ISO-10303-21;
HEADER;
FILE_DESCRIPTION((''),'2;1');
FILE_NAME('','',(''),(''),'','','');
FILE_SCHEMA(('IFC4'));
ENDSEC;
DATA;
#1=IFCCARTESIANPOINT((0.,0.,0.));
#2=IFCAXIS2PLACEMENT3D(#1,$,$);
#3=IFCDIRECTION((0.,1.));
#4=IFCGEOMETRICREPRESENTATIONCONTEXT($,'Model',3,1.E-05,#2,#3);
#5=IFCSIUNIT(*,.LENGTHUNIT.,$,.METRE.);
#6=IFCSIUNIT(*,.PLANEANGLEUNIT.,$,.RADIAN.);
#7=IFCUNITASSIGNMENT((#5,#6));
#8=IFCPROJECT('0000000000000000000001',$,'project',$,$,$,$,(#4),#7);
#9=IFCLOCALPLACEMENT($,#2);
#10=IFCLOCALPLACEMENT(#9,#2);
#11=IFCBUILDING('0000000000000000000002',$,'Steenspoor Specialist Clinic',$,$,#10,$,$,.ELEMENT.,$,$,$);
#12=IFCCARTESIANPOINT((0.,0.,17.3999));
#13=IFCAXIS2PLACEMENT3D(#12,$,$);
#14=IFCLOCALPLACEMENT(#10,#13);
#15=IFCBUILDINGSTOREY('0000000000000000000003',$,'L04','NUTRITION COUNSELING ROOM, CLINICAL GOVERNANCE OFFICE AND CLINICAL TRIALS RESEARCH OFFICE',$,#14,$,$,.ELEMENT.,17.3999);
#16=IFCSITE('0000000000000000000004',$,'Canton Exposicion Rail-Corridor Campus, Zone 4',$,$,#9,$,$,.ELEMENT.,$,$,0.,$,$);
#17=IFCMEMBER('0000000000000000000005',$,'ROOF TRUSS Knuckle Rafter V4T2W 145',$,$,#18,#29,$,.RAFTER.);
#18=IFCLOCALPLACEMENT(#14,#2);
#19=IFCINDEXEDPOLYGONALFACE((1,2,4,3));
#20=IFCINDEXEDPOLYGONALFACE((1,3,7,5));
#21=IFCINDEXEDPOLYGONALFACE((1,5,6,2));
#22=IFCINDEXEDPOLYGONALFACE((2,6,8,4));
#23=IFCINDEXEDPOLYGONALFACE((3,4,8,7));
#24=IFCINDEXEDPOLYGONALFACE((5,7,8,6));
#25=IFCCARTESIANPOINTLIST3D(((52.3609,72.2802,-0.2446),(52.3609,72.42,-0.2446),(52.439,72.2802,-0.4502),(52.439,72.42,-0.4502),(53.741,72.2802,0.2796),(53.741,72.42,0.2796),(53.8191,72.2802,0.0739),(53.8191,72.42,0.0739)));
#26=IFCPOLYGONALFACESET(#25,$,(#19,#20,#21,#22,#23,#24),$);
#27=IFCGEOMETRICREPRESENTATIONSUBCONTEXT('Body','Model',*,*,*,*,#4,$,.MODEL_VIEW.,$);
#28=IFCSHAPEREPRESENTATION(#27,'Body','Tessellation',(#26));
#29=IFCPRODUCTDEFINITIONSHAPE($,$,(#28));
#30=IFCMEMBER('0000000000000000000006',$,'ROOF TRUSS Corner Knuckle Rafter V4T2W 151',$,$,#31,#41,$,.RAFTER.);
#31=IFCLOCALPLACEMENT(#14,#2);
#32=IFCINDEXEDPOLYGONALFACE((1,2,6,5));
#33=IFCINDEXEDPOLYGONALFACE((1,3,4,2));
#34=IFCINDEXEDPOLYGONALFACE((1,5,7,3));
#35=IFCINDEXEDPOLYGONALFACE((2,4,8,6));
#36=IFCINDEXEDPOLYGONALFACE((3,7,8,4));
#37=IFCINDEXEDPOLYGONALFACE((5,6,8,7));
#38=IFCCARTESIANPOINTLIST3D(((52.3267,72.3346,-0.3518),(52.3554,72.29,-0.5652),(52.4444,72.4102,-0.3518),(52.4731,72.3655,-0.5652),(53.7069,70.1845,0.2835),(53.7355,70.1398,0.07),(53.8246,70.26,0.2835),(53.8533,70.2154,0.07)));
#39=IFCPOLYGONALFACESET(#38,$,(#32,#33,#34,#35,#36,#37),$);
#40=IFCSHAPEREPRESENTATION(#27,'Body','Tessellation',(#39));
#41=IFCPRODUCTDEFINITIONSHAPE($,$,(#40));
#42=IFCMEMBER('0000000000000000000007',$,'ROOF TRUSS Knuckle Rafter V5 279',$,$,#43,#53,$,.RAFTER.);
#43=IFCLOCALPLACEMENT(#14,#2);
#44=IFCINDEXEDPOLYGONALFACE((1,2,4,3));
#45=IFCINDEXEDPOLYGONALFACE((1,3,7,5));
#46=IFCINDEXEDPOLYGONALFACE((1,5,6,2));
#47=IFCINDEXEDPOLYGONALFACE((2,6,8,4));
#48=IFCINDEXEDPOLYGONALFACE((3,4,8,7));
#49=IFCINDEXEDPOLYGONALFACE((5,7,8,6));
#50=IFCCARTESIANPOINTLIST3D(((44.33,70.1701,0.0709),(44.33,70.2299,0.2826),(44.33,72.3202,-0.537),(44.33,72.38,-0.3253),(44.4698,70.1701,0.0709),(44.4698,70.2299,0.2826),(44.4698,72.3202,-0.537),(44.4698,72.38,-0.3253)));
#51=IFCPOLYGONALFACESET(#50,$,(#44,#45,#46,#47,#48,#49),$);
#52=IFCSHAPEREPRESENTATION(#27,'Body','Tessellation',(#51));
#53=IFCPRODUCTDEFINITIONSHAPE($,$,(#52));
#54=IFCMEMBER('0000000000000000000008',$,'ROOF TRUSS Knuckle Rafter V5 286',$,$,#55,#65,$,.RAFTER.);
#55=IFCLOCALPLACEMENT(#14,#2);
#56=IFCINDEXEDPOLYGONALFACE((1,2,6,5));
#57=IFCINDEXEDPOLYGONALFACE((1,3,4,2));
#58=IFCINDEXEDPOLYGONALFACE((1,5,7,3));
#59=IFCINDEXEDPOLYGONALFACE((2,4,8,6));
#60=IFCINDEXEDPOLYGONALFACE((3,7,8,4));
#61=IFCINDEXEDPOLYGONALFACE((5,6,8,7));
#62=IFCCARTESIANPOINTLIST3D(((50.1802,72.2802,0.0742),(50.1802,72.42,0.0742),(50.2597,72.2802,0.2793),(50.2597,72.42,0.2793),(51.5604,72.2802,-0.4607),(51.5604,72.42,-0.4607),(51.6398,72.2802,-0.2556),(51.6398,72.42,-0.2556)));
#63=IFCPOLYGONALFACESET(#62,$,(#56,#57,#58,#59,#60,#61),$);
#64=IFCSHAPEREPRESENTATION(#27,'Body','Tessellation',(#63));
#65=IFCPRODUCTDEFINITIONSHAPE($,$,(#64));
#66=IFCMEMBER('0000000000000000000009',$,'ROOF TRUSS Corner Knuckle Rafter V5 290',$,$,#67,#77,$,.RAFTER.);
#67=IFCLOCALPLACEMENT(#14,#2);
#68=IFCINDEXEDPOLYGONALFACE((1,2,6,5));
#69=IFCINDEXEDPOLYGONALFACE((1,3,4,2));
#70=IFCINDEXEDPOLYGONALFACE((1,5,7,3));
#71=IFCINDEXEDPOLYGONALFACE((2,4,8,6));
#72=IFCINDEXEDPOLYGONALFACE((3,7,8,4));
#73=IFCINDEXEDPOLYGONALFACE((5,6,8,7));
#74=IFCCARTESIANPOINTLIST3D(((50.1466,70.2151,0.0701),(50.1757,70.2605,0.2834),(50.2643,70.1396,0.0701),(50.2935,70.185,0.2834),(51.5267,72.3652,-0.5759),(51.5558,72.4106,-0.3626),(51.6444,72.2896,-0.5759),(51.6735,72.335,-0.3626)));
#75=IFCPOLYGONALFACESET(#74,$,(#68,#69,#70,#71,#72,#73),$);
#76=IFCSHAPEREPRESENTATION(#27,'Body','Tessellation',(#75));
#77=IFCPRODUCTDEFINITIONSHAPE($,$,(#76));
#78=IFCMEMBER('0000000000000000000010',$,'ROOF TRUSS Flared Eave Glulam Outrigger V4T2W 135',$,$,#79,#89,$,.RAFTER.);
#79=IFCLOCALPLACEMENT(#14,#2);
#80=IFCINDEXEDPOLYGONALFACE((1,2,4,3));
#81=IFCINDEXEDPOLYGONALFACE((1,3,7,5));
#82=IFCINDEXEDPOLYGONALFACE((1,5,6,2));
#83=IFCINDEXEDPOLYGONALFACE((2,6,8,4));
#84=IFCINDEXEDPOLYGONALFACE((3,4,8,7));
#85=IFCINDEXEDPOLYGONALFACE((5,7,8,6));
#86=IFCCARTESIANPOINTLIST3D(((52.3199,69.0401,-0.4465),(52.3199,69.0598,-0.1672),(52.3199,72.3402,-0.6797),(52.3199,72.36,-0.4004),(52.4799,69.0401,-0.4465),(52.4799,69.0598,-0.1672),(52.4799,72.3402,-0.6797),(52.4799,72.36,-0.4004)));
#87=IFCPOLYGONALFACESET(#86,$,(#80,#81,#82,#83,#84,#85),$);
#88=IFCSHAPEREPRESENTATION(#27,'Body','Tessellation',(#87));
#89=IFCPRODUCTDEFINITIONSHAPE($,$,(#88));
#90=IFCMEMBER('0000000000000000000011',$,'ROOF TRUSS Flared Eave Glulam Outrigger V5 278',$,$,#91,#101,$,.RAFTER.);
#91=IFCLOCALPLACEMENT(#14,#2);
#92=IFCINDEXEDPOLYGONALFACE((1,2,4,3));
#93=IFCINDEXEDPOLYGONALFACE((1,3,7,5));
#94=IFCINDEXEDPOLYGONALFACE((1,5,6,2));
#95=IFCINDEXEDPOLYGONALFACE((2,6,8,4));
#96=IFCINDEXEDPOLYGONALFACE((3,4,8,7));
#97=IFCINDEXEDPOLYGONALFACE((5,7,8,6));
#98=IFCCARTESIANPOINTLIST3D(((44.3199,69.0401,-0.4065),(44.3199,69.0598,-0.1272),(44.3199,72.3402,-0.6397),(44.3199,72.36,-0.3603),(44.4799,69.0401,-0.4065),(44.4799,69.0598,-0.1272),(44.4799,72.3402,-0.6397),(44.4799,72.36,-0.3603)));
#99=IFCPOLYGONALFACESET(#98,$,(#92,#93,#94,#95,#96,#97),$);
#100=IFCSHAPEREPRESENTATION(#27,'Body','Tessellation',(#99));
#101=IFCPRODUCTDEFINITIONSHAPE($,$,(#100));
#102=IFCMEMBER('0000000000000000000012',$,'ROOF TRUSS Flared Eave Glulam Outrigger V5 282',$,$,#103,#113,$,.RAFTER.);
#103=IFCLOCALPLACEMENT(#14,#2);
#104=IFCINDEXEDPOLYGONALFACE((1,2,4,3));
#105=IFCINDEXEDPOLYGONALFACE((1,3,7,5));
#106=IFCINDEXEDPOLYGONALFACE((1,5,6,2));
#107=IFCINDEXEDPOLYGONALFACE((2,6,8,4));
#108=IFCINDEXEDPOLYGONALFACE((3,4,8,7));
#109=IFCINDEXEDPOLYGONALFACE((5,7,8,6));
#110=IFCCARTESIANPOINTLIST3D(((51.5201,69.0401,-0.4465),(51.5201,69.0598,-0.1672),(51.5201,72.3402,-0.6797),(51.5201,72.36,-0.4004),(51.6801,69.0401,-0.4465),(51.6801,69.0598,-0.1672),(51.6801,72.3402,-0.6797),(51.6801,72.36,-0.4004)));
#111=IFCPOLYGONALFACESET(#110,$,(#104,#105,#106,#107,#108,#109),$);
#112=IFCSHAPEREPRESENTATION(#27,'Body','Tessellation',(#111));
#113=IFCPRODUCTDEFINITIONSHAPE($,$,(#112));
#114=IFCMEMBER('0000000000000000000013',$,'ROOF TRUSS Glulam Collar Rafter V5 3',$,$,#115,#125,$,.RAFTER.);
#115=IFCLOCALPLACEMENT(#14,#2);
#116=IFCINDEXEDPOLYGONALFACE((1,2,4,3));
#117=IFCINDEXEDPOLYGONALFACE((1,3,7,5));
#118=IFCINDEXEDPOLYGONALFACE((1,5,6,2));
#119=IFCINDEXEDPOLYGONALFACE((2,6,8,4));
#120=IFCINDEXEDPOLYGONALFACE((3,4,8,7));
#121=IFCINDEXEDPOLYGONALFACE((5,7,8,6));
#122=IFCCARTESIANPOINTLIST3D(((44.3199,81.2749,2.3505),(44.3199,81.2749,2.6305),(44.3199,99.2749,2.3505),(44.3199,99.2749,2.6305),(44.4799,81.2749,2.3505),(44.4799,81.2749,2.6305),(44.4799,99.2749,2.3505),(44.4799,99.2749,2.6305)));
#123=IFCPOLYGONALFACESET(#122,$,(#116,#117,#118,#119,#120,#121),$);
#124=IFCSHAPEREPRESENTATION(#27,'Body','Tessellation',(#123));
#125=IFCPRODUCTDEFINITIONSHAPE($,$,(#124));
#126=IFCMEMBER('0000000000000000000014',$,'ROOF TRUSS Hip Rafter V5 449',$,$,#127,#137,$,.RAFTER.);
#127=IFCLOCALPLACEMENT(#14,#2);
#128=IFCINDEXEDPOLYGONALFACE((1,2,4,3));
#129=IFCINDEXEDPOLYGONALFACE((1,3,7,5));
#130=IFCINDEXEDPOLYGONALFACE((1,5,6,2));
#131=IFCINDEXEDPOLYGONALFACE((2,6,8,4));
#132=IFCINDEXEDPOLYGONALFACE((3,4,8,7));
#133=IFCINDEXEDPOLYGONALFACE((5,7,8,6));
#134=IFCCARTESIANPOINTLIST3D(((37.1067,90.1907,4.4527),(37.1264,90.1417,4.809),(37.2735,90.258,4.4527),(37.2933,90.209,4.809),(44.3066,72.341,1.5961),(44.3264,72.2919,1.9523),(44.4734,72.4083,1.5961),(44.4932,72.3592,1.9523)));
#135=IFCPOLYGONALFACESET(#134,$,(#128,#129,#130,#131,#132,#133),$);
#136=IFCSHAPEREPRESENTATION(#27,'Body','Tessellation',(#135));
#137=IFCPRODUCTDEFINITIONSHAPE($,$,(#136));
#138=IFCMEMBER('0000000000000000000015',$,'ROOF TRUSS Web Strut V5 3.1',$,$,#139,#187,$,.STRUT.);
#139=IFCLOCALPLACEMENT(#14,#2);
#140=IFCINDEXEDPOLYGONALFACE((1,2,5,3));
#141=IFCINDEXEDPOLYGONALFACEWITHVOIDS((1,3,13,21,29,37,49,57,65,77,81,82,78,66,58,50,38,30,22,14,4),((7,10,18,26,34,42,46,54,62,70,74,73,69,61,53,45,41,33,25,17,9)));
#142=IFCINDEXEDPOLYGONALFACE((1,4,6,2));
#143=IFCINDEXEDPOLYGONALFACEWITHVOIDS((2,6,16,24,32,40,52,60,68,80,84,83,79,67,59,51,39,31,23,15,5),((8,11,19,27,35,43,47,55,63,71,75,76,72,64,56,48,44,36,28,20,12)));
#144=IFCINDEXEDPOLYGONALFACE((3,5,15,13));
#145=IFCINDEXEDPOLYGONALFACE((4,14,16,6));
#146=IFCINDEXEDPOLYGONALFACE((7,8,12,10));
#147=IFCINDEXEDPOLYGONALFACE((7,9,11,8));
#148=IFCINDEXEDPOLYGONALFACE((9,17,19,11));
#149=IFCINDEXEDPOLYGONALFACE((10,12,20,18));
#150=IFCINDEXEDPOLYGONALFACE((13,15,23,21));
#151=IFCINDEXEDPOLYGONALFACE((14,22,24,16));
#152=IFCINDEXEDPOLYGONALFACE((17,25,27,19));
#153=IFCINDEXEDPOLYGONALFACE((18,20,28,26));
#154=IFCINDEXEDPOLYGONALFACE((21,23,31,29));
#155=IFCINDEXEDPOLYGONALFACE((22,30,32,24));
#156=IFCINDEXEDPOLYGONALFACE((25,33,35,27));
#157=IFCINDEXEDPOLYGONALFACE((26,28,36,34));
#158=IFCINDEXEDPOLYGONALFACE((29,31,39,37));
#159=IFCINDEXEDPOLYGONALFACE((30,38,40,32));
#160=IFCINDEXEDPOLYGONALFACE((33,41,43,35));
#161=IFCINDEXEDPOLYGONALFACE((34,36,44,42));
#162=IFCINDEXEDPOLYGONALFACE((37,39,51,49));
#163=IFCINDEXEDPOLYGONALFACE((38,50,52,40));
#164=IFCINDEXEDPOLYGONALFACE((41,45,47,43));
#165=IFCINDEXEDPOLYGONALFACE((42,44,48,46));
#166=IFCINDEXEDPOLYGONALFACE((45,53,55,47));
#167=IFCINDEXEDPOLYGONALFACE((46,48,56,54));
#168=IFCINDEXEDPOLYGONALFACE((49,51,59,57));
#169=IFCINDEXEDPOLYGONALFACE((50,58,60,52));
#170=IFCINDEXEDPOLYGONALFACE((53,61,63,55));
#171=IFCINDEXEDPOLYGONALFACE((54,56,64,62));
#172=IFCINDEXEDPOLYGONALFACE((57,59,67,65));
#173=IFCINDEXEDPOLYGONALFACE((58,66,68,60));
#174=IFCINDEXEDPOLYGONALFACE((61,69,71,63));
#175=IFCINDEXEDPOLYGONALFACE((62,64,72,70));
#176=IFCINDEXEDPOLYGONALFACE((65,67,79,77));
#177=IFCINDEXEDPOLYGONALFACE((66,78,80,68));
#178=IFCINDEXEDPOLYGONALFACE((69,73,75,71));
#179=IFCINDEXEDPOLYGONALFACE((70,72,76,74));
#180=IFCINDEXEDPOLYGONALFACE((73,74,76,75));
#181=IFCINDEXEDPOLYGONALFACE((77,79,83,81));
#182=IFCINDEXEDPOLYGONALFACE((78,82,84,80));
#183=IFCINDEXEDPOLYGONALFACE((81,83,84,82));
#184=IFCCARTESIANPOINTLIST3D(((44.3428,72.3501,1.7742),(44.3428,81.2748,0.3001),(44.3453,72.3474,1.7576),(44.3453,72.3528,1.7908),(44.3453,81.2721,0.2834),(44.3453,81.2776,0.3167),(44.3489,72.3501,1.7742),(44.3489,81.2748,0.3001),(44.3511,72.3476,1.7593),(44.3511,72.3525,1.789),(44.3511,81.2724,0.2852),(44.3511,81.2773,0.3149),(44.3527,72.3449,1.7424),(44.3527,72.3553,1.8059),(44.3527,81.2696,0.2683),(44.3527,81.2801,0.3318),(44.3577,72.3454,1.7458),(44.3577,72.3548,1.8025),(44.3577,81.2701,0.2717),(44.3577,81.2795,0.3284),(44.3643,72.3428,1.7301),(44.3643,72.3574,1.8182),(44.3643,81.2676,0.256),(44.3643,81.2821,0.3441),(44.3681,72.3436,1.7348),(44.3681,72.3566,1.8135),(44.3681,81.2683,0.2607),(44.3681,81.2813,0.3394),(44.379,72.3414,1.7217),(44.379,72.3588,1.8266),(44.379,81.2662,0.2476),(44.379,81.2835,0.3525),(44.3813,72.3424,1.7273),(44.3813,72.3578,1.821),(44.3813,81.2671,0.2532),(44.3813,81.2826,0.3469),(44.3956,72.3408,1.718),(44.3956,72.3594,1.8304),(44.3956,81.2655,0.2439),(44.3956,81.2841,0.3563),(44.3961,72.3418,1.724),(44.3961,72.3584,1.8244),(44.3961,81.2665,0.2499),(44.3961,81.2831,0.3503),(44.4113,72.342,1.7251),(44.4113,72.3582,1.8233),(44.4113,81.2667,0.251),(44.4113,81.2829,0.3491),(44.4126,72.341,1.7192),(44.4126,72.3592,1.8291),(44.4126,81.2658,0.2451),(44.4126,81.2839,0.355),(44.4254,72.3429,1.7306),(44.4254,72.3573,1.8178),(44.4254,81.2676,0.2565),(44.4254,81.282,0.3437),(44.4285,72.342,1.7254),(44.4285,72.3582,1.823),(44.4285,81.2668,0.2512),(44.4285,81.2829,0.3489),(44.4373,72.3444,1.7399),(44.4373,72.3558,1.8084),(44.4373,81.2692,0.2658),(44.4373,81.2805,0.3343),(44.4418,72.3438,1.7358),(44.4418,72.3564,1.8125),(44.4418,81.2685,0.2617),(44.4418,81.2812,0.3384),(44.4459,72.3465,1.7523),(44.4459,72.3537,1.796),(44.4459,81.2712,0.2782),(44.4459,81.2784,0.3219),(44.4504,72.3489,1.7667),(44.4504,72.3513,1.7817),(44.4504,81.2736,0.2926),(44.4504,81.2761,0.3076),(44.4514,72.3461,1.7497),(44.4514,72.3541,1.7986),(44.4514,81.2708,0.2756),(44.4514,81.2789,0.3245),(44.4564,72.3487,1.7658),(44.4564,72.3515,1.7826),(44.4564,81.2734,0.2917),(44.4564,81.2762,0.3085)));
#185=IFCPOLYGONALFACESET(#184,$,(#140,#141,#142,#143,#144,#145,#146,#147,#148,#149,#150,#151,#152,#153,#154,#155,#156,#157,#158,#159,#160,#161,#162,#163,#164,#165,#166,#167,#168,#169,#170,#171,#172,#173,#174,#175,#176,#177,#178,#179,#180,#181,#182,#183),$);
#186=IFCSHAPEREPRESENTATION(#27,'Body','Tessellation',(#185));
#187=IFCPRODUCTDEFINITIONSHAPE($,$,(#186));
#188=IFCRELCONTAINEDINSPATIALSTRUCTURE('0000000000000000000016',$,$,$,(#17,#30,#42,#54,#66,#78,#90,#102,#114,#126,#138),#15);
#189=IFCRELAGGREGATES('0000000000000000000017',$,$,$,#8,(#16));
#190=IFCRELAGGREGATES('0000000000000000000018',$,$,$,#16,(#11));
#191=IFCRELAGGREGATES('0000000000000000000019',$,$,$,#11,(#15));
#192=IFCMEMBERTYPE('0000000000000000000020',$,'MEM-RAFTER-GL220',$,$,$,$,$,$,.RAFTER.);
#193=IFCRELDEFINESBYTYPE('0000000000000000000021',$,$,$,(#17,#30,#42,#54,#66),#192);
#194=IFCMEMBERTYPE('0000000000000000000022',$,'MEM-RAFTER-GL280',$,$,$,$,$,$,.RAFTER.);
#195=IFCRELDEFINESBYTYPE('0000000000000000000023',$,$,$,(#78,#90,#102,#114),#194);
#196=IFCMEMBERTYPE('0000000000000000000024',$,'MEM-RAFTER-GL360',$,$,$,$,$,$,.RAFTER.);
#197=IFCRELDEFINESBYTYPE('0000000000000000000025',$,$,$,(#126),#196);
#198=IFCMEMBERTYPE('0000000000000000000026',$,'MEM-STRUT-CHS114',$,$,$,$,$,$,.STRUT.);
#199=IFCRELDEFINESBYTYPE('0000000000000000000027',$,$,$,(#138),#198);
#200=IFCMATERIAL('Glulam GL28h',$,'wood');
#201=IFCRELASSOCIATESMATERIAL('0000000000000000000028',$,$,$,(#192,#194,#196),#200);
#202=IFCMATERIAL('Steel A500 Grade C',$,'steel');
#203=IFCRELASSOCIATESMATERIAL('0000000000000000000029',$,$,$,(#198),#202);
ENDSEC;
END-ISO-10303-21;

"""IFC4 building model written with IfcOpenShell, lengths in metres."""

from ifc_helpers import new_model, si_unit, direction, frame, origin, origin_2d, place, context, subcontext, project, spatial, rectangle, hollow_circle, extrude, material, material_profile, profile_set, type_object, element, save


model = new_model("IFC4")

# Units and contexts
model_context = context("Model", 3, precision=1e-05, world=origin(), true_north=direction((0.0, 1.0)))
body_context = subcontext(model_context, "Body", "Model", "MODEL_VIEW")
ifc_project = project(units=[si_unit("LENGTHUNIT", "METRE"), si_unit("PLANEANGLEUNIT", "RADIAN")], contexts=[model_context])

# Site, building, storey
site_placement = place(None, origin())
site = spatial("IfcSite", under=ifc_project, at=site_placement, Name="Canton Exposicion Rail-Corridor Campus, Zone 4", CompositionType="ELEMENT", RefElevation=0.0)
building_placement = place(site_placement, origin())
building = spatial("IfcBuilding", under=site, at=building_placement, Name="Steenspoor Specialist Clinic", CompositionType="ELEMENT")
storey_placement = place(building_placement, frame((0.0, 0.0, 17.3999)))
storey = spatial("IfcBuildingStorey", under=building, at=storey_placement, Name="L04", Description="NUTRITION COUNSELING ROOM, CLINICAL GOVERNANCE OFFICE AND CLINICAL TRIALS RESEARCH OFFICE", CompositionType="ELEMENT", Elevation=17.3999)

# Shared definitions
ifc_material_1 = material(Name="Glulam GL28h", Category="wood")

# Members
ifc_material_2 = material(Name="Steel A500 Grade C", Category="steel")
ifc_material_profile_1 = material_profile(ifc_material_1, rectangle(XDim=0.1399, YDim=0.22, at=origin_2d()), Name="GL28H-140X220")
ifc_profile_set_1 = profile_set([ifc_material_profile_1], Name="Glulam GL28h")
member_type_1 = type_object("IfcMemberType", Name="MEM-RAFTER-GL220", PredefinedType="RAFTER", material=ifc_profile_set_1)
member_1_placement = place(storey_placement, frame((52.3999, 72.3501, -0.3474), z_axis=(0.934846, 0.0, 0.355053), x_axis=(0.0, 1.0, 0.0)))
element("IfcMember", 1, at=member_1_placement, inside=storey, type_object=member_type_1, Name="ROOF TRUSS Knuckle Rafter V4T2W 145", PredefinedType="RAFTER", context=body_context, shape_type="SweptSolid", body=[
    extrude(rectangle(XDim=0.1399, YDim=0.22, at=origin_2d()), origin(), (0.0, 0.0, 1.0), 1.4763),
])
member_2_placement = place(storey_placement, frame((52.3999, 72.3501, -0.4585), z_axis=(0.524213, -0.816689, 0.241288), x_axis=(0.841554, 0.540173, 0.0)))
element("IfcMember", 2, at=member_2_placement, inside=storey, type_object=member_type_1, Name="ROOF TRUSS Corner Knuckle Rafter V4T2W 151", PredefinedType="RAFTER", context=body_context, shape_type="SweptSolid", body=[
    extrude(rectangle(XDim=0.1399, YDim=0.22, at=origin_2d()), origin(), (0.0, 0.0, 1.0), 2.6328),
])
member_3_placement = place(storey_placement, frame((44.3999, 72.3501, -0.4312), z_axis=(0.0, -0.962279, 0.272065), x_axis=(1.0, 0.0, 0.0)))
element("IfcMember", 3, at=member_3_placement, inside=storey, type_object=member_type_1, Name="ROOF TRUSS Knuckle Rafter V5 279", PredefinedType="RAFTER", context=body_context, shape_type="SweptSolid", body=[
    extrude(rectangle(XDim=0.1399, YDim=0.22, at=origin_2d()), origin(), (0.0, 0.0, 1.0), 2.2344),
])
member_4_placement = place(storey_placement, frame((51.6001, 72.3501, -0.3582), z_axis=(-0.932416, 0.0, 0.361387), x_axis=(0.0, -1.0, 0.0)))
element("IfcMember", 4, at=member_4_placement, inside=storey, type_object=member_type_1, Name="ROOF TRUSS Knuckle Rafter V5 286", PredefinedType="RAFTER", context=body_context, shape_type="SweptSolid", body=[
    extrude(rectangle(XDim=0.1399, YDim=0.22, at=origin_2d()), origin(), (0.0, 0.0, 1.0), 1.4802),
])
member_5_placement = place(storey_placement, frame((51.6001, 72.3501, -0.4692), z_axis=(-0.523693, -0.815879, 0.245125), x_axis=(0.841554, -0.540173, 0.0)))
element("IfcMember", 5, at=member_5_placement, inside=storey, type_object=member_type_1, Name="ROOF TRUSS Corner Knuckle Rafter V5 290", PredefinedType="RAFTER", context=body_context, shape_type="SweptSolid", body=[
    extrude(rectangle(XDim=0.1399, YDim=0.22, at=origin_2d()), origin(), (0.0, 0.0, 1.0), 2.6353),
])
ifc_material_profile_2 = material_profile(ifc_material_1, rectangle(XDim=0.1599, YDim=0.28, at=origin_2d()), Name="GL28H-160X280")
ifc_profile_set_2 = profile_set([ifc_material_profile_2], Name="Glulam GL28h")
member_type_2 = type_object("IfcMemberType", Name="MEM-RAFTER-GL280", PredefinedType="RAFTER", material=ifc_profile_set_2)
for number, where, z_axis, x_axis, name in (
    (6, (52.3999, 72.3501, -0.54), (0.0, -0.997513, 0.070476), (1.0, 0.0, 0.0), "ROOF TRUSS Flared Eave Glulam Outrigger V4T2W 135"),
    (7, (44.3999, 72.3501, -0.5), (0.0, -0.997513, 0.070476), (1.0, 0.0, 0.0), "ROOF TRUSS Flared Eave Glulam Outrigger V5 278"),
    (8, (51.6001, 72.3501, -0.54), (0.0, -0.997513, 0.070476), (1.0, 0.0, 0.0), "ROOF TRUSS Flared Eave Glulam Outrigger V5 282"),
):
    element("IfcMember", number, at=place(storey_placement, frame(where, z_axis=z_axis, x_axis=x_axis)), inside=storey, type_object=member_type_2, Name=name, PredefinedType="RAFTER", context=body_context, shape_type="SweptSolid", body=[
        extrude(rectangle(XDim=0.1599, YDim=0.28, at=origin_2d()), origin(), (0.0, 0.0, 1.0), 3.3083),
    ])
member_6_placement = place(storey_placement, frame((44.3999, 81.2749, 2.4905), z_axis=(0.0, 1.0, 0.0), x_axis=(-1.0, 0.0, 0.0)))
element("IfcMember", 9, at=member_6_placement, inside=storey, type_object=member_type_2, Name="ROOF TRUSS Glulam Collar Rafter V5 3", PredefinedType="RAFTER", context=body_context, shape_type="SweptSolid", body=[
    extrude(rectangle(XDim=0.1599, YDim=0.28, at=origin_2d()), origin(), (0.0, 0.0, 1.0), 18.0),
])
ifc_material_profile_3 = material_profile(ifc_material_1, rectangle(XDim=0.1799, YDim=0.3601, at=origin_2d()), Name="GL28H-180X360")
ifc_profile_set_3 = profile_set([ifc_material_profile_3], Name="Glulam GL28h")
member_type_3 = type_object("IfcMemberType", Name="MEM-RAFTER-GL360", PredefinedType="RAFTER", material=ifc_profile_set_3)
member_7_placement = place(storey_placement, frame((44.3999, 72.3501, 1.7742), z_axis=(-0.370024, 0.917349, 0.146812), x_axis=(-0.927398, -0.374077, 0.0)))
element("IfcMember", 10, at=member_7_placement, inside=storey, type_object=member_type_3, Name="ROOF TRUSS Hip Rafter V5 449", PredefinedType="RAFTER", context=body_context, shape_type="SweptSolid", body=[
    extrude(rectangle(XDim=0.1799, YDim=0.3601, at=origin_2d()), origin(), (0.0, 0.0, 1.0), 19.458),
])
ifc_material_profile_4 = material_profile(ifc_material_2, hollow_circle(Radius=0.0571, WallThickness=0.0061, at=origin_2d()), Name="CHS114X6.0")
ifc_profile_set_4 = profile_set([ifc_material_profile_4], Name="Steel A500 Grade C")
member_type_4 = type_object("IfcMemberType", Name="MEM-STRUT-CHS114", PredefinedType="STRUT", material=ifc_profile_set_4)
member_8_placement = place(storey_placement, frame((44.3999, 72.3501, 1.7742), z_axis=(0.0, 0.986632, -0.162963), x_axis=(-1.0, 0.0, 0.0)))
element("IfcMember", 11, at=member_8_placement, inside=storey, type_object=member_type_4, Name="ROOF TRUSS Web Strut V5 3.1", PredefinedType="STRUT", context=body_context, shape_type="SweptSolid", body=[
    extrude(hollow_circle(Radius=0.0571, WallThickness=0.0061, at=origin_2d()), origin(), (0.0, 0.0, 1.0), 9.0457),
])

save(model, "model.ifc")
